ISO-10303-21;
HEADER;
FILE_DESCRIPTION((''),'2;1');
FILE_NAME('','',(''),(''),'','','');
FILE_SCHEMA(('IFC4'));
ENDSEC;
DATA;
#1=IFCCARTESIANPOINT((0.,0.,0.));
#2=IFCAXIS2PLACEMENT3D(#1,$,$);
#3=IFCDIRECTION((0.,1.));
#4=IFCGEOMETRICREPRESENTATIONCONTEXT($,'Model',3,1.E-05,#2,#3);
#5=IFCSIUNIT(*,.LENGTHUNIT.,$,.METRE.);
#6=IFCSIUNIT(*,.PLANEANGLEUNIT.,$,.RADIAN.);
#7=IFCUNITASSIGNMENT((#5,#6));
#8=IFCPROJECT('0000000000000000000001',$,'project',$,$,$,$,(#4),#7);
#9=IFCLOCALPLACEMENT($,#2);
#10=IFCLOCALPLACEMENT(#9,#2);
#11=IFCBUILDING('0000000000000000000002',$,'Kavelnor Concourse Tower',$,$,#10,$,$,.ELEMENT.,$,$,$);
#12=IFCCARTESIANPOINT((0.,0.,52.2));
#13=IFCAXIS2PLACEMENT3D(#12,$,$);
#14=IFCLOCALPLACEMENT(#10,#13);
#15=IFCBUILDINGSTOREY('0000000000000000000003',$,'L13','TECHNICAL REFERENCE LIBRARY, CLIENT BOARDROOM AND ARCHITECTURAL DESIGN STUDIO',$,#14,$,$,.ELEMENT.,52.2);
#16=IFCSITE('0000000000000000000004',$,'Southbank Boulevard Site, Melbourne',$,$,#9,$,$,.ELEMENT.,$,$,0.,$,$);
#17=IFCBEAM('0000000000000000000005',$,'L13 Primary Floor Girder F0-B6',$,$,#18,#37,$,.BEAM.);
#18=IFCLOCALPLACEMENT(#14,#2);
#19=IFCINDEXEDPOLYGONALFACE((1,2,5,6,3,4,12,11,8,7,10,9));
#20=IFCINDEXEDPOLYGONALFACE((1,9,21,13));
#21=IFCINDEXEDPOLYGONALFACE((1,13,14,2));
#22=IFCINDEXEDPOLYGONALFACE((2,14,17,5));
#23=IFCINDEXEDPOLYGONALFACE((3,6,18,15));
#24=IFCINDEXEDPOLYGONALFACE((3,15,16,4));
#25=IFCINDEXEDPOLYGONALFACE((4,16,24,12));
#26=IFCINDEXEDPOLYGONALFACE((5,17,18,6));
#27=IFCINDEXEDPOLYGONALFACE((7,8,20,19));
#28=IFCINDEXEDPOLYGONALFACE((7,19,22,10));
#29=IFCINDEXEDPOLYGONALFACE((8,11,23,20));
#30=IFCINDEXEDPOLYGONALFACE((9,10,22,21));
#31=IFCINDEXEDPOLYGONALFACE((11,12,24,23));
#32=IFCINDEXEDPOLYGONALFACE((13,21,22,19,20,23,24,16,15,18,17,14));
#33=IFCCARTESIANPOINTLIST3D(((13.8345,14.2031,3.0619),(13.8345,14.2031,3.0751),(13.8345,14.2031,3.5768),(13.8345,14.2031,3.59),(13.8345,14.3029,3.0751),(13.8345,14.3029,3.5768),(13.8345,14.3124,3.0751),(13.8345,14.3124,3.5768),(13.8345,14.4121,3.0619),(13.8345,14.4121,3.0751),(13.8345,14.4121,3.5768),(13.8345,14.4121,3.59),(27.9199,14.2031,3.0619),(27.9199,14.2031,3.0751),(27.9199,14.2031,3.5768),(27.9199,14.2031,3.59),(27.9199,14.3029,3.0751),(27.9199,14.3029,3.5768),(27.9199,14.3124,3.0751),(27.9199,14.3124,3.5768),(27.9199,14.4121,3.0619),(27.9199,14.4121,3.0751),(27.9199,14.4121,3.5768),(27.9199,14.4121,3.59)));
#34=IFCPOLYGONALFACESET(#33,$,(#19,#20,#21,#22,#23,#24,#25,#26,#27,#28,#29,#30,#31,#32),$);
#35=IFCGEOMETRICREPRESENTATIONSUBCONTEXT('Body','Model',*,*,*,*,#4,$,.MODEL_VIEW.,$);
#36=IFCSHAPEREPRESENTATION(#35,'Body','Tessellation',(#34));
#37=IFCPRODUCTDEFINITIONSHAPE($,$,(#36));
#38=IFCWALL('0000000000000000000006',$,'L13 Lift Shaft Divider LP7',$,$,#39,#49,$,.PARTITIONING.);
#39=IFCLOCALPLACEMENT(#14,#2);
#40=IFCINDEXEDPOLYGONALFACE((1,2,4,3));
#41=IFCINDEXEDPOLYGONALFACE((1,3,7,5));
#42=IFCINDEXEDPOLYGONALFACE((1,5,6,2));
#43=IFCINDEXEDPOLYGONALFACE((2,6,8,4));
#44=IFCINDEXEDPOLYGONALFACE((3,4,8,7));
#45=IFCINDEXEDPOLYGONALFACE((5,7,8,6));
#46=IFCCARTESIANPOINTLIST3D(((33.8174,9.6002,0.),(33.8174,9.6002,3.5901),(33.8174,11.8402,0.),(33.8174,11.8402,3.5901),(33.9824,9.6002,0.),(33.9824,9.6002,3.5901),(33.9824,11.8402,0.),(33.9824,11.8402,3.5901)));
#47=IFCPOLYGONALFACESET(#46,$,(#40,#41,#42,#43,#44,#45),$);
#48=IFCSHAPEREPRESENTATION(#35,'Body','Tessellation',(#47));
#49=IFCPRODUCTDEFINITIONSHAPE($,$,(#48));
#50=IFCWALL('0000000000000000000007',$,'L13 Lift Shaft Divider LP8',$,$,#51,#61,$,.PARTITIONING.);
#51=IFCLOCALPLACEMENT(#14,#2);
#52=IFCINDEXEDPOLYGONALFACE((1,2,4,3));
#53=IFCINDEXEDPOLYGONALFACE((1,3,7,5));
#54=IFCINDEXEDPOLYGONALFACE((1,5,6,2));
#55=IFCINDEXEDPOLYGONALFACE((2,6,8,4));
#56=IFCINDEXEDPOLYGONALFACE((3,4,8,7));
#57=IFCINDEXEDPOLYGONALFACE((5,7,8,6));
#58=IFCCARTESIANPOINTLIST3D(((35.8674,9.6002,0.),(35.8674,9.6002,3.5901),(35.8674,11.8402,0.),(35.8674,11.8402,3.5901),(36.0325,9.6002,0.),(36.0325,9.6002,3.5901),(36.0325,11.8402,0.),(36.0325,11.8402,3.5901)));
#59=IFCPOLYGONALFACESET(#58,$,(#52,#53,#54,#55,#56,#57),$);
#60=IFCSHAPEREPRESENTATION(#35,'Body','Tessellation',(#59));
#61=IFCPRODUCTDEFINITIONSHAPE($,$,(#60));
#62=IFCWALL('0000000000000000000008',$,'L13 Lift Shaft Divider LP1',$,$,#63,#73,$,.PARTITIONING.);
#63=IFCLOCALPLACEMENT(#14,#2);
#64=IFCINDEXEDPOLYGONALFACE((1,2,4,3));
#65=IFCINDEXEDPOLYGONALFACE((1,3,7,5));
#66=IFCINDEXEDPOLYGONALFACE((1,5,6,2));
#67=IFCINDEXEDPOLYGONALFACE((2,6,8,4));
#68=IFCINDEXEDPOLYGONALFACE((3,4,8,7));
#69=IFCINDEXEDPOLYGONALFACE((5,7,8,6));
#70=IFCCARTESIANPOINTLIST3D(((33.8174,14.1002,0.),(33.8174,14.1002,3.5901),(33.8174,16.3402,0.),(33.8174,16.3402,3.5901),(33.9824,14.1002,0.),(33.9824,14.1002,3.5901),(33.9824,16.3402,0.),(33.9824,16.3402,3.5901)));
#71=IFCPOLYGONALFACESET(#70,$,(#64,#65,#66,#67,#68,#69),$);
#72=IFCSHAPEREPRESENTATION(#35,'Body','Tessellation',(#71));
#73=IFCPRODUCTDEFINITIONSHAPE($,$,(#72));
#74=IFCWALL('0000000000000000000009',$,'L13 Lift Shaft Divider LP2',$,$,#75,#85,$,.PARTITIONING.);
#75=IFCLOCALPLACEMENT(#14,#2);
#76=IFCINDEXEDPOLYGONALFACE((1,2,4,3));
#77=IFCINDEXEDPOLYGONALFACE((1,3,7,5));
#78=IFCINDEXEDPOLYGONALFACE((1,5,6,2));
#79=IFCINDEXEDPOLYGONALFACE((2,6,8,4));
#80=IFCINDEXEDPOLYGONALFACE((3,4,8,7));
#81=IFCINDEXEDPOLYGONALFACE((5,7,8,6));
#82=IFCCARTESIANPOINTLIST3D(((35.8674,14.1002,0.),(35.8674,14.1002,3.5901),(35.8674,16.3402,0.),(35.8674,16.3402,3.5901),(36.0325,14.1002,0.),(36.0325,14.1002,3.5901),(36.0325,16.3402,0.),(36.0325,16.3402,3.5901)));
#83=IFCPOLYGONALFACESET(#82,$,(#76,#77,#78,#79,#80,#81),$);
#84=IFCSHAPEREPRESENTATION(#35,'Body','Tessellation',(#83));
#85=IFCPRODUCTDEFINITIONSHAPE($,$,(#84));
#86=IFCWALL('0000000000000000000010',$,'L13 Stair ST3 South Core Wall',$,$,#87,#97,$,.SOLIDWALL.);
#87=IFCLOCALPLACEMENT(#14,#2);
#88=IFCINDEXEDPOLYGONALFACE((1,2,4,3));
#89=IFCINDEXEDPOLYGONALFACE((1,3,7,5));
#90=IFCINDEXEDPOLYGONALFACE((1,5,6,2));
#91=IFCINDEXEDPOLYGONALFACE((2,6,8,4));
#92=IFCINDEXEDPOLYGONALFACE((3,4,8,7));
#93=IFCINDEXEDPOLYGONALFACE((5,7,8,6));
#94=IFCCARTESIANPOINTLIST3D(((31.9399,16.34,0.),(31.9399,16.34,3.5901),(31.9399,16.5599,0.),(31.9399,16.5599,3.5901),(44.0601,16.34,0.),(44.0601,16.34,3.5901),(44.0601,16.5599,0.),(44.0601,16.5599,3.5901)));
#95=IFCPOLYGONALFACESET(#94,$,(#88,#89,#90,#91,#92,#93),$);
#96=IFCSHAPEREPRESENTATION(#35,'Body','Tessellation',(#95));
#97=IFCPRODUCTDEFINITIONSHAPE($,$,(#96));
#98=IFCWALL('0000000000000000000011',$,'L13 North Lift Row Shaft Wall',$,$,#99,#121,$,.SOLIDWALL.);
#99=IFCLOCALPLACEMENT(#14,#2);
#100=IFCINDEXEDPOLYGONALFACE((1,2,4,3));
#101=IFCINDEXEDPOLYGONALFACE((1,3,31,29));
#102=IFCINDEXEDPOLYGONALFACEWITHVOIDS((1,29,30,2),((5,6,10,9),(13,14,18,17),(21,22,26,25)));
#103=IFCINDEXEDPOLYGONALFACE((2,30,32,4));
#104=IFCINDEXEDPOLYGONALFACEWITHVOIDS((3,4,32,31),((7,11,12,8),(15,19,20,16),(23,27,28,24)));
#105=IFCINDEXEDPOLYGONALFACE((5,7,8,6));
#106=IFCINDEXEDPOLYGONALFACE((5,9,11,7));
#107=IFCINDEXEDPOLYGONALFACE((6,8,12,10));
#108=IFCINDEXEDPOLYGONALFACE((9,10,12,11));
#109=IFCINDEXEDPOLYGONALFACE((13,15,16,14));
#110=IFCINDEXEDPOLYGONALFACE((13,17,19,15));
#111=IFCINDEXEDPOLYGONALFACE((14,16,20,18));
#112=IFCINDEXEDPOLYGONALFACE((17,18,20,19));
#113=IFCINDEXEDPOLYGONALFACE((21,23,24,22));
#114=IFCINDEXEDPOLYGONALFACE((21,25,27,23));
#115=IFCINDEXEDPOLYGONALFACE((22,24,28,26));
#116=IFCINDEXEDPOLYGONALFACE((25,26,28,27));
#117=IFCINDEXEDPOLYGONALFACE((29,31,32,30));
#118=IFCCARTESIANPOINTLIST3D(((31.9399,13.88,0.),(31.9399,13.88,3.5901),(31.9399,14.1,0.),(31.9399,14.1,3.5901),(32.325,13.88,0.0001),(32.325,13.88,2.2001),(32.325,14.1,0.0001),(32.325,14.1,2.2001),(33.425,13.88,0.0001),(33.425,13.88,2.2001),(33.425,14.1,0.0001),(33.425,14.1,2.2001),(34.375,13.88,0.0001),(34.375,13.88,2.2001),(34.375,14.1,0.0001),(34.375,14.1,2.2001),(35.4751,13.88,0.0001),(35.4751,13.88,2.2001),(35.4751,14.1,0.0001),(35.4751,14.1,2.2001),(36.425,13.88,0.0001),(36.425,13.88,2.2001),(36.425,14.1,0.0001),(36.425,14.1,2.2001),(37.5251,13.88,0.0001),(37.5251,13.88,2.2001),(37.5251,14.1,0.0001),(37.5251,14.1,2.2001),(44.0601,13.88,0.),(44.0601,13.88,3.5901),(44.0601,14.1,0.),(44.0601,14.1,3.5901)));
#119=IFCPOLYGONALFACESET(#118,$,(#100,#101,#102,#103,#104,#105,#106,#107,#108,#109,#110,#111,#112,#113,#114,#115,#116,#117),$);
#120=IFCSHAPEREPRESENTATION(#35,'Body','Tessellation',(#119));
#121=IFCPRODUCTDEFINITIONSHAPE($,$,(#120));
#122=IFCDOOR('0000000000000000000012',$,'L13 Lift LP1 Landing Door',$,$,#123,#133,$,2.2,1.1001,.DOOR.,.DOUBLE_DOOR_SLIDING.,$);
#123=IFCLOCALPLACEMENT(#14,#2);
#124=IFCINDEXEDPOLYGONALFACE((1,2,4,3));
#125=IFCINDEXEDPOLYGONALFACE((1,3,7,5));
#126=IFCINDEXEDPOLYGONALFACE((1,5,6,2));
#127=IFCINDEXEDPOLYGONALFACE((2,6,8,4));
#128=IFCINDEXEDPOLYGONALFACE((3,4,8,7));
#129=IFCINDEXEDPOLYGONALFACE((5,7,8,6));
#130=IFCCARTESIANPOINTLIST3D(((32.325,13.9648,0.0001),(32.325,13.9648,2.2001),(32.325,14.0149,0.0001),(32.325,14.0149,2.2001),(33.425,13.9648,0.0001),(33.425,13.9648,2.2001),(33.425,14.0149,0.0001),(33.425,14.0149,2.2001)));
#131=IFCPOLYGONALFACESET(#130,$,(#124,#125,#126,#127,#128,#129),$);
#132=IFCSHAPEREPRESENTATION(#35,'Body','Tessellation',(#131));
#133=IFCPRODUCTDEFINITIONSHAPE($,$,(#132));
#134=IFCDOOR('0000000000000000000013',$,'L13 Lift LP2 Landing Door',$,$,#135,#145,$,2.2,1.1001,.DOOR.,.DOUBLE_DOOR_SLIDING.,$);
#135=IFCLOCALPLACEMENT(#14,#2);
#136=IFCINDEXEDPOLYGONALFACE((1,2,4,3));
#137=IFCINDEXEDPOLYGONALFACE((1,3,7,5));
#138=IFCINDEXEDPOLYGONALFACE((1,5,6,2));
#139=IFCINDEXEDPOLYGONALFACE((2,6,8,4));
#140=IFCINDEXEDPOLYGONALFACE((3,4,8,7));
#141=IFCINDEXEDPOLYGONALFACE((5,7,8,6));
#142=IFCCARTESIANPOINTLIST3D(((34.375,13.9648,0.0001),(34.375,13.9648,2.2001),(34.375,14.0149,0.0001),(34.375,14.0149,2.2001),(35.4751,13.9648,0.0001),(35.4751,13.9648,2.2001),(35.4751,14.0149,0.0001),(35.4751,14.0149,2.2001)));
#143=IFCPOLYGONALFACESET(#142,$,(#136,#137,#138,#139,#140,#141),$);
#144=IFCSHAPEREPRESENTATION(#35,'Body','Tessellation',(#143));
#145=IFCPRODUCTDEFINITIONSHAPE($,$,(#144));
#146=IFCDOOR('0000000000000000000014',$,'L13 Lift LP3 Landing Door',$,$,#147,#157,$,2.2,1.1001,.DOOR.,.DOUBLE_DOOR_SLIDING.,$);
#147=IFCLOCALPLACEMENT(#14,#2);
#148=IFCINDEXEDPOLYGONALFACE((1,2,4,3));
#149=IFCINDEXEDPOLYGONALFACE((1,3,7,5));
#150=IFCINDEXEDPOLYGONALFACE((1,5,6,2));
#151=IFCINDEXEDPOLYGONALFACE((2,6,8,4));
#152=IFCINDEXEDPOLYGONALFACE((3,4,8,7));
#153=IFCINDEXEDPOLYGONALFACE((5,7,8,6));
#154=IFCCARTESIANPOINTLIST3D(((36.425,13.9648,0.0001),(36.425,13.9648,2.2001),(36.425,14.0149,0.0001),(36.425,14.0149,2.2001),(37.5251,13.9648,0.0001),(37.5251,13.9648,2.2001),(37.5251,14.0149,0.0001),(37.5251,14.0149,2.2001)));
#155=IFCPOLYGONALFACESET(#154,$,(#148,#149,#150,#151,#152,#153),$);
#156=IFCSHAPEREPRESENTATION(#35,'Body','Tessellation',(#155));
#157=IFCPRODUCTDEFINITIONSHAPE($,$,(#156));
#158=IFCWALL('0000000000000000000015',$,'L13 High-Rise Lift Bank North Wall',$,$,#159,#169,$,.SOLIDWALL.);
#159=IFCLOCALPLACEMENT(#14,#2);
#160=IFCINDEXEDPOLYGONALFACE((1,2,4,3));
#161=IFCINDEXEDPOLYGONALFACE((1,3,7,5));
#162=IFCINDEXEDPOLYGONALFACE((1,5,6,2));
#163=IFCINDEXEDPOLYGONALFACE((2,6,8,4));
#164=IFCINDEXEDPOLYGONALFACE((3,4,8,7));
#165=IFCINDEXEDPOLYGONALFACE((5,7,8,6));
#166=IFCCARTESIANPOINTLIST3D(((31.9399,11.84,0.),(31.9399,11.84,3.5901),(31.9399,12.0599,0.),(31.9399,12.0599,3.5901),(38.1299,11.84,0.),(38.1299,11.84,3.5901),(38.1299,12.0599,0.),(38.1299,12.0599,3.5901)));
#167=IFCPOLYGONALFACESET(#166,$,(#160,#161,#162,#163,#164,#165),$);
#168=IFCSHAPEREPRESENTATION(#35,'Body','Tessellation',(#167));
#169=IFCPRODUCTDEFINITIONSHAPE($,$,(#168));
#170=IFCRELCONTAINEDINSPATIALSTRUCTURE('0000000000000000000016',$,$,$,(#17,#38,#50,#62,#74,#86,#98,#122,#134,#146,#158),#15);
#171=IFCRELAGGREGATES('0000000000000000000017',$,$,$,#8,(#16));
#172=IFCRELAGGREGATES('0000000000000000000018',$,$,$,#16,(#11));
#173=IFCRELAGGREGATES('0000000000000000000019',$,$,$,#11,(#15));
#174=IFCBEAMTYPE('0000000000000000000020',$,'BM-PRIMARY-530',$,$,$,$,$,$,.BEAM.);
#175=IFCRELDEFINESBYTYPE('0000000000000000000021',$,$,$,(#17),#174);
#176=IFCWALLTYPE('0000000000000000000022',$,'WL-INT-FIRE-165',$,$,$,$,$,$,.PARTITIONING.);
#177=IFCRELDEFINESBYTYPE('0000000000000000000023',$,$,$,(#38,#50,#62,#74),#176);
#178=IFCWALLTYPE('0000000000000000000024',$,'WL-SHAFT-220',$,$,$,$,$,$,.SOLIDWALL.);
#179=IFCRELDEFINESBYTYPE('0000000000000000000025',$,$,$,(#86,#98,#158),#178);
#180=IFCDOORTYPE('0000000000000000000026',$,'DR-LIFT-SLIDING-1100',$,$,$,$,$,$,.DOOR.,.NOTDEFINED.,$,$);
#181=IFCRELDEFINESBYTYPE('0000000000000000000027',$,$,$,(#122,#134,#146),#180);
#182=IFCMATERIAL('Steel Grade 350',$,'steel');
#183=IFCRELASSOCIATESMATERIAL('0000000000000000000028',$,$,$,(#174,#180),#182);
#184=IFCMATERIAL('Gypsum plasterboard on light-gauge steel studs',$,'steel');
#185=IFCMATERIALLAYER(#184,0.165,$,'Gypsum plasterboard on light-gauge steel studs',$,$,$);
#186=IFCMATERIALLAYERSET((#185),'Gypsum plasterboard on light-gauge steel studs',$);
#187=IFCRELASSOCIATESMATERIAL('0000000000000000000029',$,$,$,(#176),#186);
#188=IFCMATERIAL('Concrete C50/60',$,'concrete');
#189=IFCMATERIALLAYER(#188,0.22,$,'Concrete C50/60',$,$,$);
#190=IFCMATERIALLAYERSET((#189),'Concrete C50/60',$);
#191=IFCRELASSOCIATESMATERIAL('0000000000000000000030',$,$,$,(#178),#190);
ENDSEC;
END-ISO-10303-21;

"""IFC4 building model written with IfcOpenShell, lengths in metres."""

from ifc_helpers import new_model, si_unit, direction, frame, frame_2d, origin, origin_2d, place, context, subcontext, project, spatial, rectangle, i_section, extrude, material, layer, layer_set, material_profile, profile_set, type_object, element, fill, save


model = new_model("IFC4")

# Units and contexts
model_context = context("Model", 3, precision=1e-05, world=origin(), true_north=direction((0.0, 1.0)))
body_context = subcontext(model_context, "Body", "Model", "MODEL_VIEW")
ifc_project = project(units=[si_unit("LENGTHUNIT", "METRE"), si_unit("PLANEANGLEUNIT", "RADIAN")], contexts=[model_context])

# Site, building, storey
site_placement = place(None, origin())
site = spatial("IfcSite", under=ifc_project, at=site_placement, Name="Southbank Boulevard Site, Melbourne", CompositionType="ELEMENT", RefElevation=0.0)
building_placement = place(site_placement, origin())
building = spatial("IfcBuilding", under=site, at=building_placement, Name="Kavelnor Concourse Tower", CompositionType="ELEMENT")
storey_placement = place(building_placement, frame((0.0, 0.0, 52.2)))
storey = spatial("IfcBuildingStorey", under=building, at=storey_placement, Name="L13", Description="TECHNICAL REFERENCE LIBRARY, CLIENT BOARDROOM AND ARCHITECTURAL DESIGN STUDIO", CompositionType="ELEMENT", Elevation=52.2)

# Beam
ifc_material_1 = material(Name="Steel Grade 350", Category="steel")
ifc_material_profile = material_profile(ifc_material_1, i_section(OverallWidth=0.209, OverallDepth=0.5281, WebThickness=0.0095, FlangeThickness=0.0132, at=origin_2d()), Name="530UB82")
ifc_profile_set = profile_set([ifc_material_profile], Name="Steel Grade 350")
beam_type = type_object("IfcBeamType", Name="BM-PRIMARY-530", PredefinedType="BEAM", material=ifc_profile_set)
beam_placement = place(storey_placement, frame((27.9199, 14.3076, 3.3259), z_axis=(-1.0, 0.0, 0.0), x_axis=(0.0, -1.0, 0.0)))
element("IfcBeam", 1, at=beam_placement, inside=storey, type_object=beam_type, Name="L13 Primary Floor Girder F0-B6", PredefinedType="BEAM", context=body_context, shape_type="SweptSolid", body=[
    extrude(i_section(OverallWidth=0.209, OverallDepth=0.5281, WebThickness=0.0095, FlangeThickness=0.0132, at=origin_2d()), origin(), (0.0, 0.0, 1.0), 14.0854),
])

# Walls
ifc_material_2 = material(Name="Gypsum plasterboard on light-gauge steel studs", Category="steel")
ifc_layer_1 = layer(ifc_material_2, 0.165, Name="Gypsum plasterboard on light-gauge steel studs")
ifc_layer_set_1 = layer_set([ifc_layer_1], Name="Gypsum plasterboard on light-gauge steel studs")
wall_type_1 = type_object("IfcWallType", Name="WL-INT-FIRE-165", PredefinedType="PARTITIONING", material=ifc_layer_set_1)
for number, where, z_axis, x_axis, name in (
    (2, (33.8999, 9.6001, 0.0), (0.0, 0.0, 1.0), (0.0, 1.0, 0.0), "L13 Lift Shaft Divider LP7"),
    (3, (35.95, 9.6001, 0.0), (0.0, 0.0, 1.0), (0.0, 1.0, 0.0), "L13 Lift Shaft Divider LP8"),
    (4, (33.8999, 14.1001, 0.0), (0.0, 0.0, 1.0), (0.0, 1.0, 0.0), "L13 Lift Shaft Divider LP1"),
    (5, (35.95, 14.1001, 0.0), (0.0, 0.0, 1.0), (0.0, 1.0, 0.0), "L13 Lift Shaft Divider LP2"),
):
    element("IfcWall", number, at=place(storey_placement, frame(where, z_axis=z_axis, x_axis=x_axis)), inside=storey, type_object=wall_type_1, Name=name, PredefinedType="PARTITIONING", context=body_context, shape_type="SweptSolid", body=[
        extrude(rectangle(XDim=2.24, YDim=0.165, at=frame_2d((1.1201, 0.0))), origin(), (0.0, 0.0, 1.0), 3.5901),
    ])
ifc_material_3 = material(Name="Concrete C50/60", Category="concrete")
ifc_layer_2 = layer(ifc_material_3, 0.22, Name="Concrete C50/60")
ifc_layer_set_2 = layer_set([ifc_layer_2], Name="Concrete C50/60")
wall_type_2 = type_object("IfcWallType", Name="WL-SHAFT-220", PredefinedType="SOLIDWALL", material=ifc_layer_set_2)
wall_1_placement = place(storey_placement, frame((31.9399, 16.45, 0.0), z_axis=(0.0, 0.0, 1.0), x_axis=(1.0, 0.0, 0.0)))
element("IfcWall", 6, at=wall_1_placement, inside=storey, type_object=wall_type_2, Name="L13 Stair ST3 South Core Wall", PredefinedType="SOLIDWALL", context=body_context, shape_type="SweptSolid", body=[
    extrude(rectangle(XDim=12.1201, YDim=0.22, at=frame_2d((6.0601, 0.0))), origin(), (0.0, 0.0, 1.0), 3.5901),
])

# Wall, openings, doors
wall_2_placement = place(storey_placement, frame((31.9399, 13.99, 0.0), z_axis=(0.0, 0.0, 1.0), x_axis=(1.0, 0.0, 0.0)))
wall_2 = element("IfcWall", 7, at=wall_2_placement, inside=storey, type_object=wall_type_2, Name="L13 North Lift Row Shaft Wall", PredefinedType="SOLIDWALL", context=body_context, shape_type="SweptSolid", body=[
    extrude(rectangle(XDim=12.1201, YDim=0.22, at=frame_2d((6.0601, 0.0))), origin(), (0.0, 0.0, 1.0), 3.5901),
])
opening_1_placement = place(wall_2_placement, frame((0.385, 0.0, 0.0)))
opening_1 = element("IfcOpeningElement", 8, at=opening_1_placement, cuts=wall_2, PredefinedType="OPENING", context=body_context, shape_type="SweptSolid", body=[
    extrude(rectangle(XDim=1.1001, YDim=2.2, at=frame_2d((0.55, 1.1001))), frame((0.0, 0.1201, 0.0), z_axis=(0.0, -1.0, 0.0), x_axis=(1.0, 0.0, 0.0)), (0.0, 0.0, 1.0), 0.24),
])
opening_2_placement = place(wall_2_placement, frame((2.4351, 0.0, 0.0)))
opening_2 = element("IfcOpeningElement", 9, at=opening_2_placement, cuts=wall_2, PredefinedType="OPENING", context=body_context, shape_type="SweptSolid", body=[
    extrude(rectangle(XDim=1.1001, YDim=2.2, at=frame_2d((0.55, 1.1001))), frame((0.0, 0.1201, 0.0), z_axis=(0.0, -1.0, 0.0), x_axis=(1.0, 0.0, 0.0)), (0.0, 0.0, 1.0), 0.24),
])
opening_3_placement = place(wall_2_placement, frame((4.4851, 0.0, 0.0)))
opening_3 = element("IfcOpeningElement", 10, at=opening_3_placement, cuts=wall_2, PredefinedType="OPENING", context=body_context, shape_type="SweptSolid", body=[
    extrude(rectangle(XDim=1.1001, YDim=2.2, at=frame_2d((0.55, 1.1001))), frame((0.0, 0.1201, 0.0), z_axis=(0.0, -1.0, 0.0), x_axis=(1.0, 0.0, 0.0)), (0.0, 0.0, 1.0), 0.24),
])
door_type = type_object("IfcDoorType", Name="DR-LIFT-SLIDING-1100", OperationType="NOTDEFINED", PredefinedType="DOOR", material=ifc_material_1)
door_1_placement = place(opening_1_placement, origin())
door_1 = element("IfcDoor", 11, at=door_1_placement, inside=storey, type_object=door_type, Name="L13 Lift LP1 Landing Door", OperationType="DOUBLE_DOOR_SLIDING", OverallHeight=2.2, OverallWidth=1.1001, PredefinedType="DOOR", context=body_context, shape_type="SweptSolid", body=[
    extrude(rectangle(XDim=1.1001, YDim=2.2, at=frame_2d((0.55, 1.1001))), frame((0.0, 0.0249, 0.0), z_axis=(0.0, -1.0, 0.0), x_axis=(1.0, 0.0, 0.0)), (0.0, 0.0, 1.0), 0.05),
])
fill(opening_1, door_1)
door_2_placement = place(opening_2_placement, origin())
door_2 = element("IfcDoor", 12, at=door_2_placement, inside=storey, type_object=door_type, Name="L13 Lift LP2 Landing Door", OperationType="DOUBLE_DOOR_SLIDING", OverallHeight=2.2, OverallWidth=1.1001, PredefinedType="DOOR", context=body_context, shape_type="SweptSolid", body=[
    extrude(rectangle(XDim=1.1001, YDim=2.2, at=frame_2d((0.55, 1.1001))), frame((0.0, 0.0249, 0.0), z_axis=(0.0, -1.0, 0.0), x_axis=(1.0, 0.0, 0.0)), (0.0, 0.0, 1.0), 0.05),
])
fill(opening_2, door_2)
door_3_placement = place(opening_3_placement, origin())
door_3 = element("IfcDoor", 13, at=door_3_placement, inside=storey, type_object=door_type, Name="L13 Lift LP3 Landing Door", OperationType="DOUBLE_DOOR_SLIDING", OverallHeight=2.2, OverallWidth=1.1001, PredefinedType="DOOR", context=body_context, shape_type="SweptSolid", body=[
    extrude(rectangle(XDim=1.1001, YDim=2.2, at=frame_2d((0.55, 1.1001))), frame((0.0, 0.0249, 0.0), z_axis=(0.0, -1.0, 0.0), x_axis=(1.0, 0.0, 0.0)), (0.0, 0.0, 1.0), 0.05),
])
fill(opening_3, door_3)

# Wall
wall_3_placement = place(storey_placement, frame((31.9399, 11.95, 0.0), z_axis=(0.0, 0.0, 1.0), x_axis=(1.0, 0.0, 0.0)))
element("IfcWall", 14, at=wall_3_placement, inside=storey, type_object=wall_type_2, Name="L13 High-Rise Lift Bank North Wall", PredefinedType="SOLIDWALL", context=body_context, shape_type="SweptSolid", body=[
    extrude(rectangle(XDim=6.1899, YDim=0.22, at=frame_2d((3.095, 0.0))), origin(), (0.0, 0.0, 1.0), 3.5901),
])

save(model, "model.ifc")
